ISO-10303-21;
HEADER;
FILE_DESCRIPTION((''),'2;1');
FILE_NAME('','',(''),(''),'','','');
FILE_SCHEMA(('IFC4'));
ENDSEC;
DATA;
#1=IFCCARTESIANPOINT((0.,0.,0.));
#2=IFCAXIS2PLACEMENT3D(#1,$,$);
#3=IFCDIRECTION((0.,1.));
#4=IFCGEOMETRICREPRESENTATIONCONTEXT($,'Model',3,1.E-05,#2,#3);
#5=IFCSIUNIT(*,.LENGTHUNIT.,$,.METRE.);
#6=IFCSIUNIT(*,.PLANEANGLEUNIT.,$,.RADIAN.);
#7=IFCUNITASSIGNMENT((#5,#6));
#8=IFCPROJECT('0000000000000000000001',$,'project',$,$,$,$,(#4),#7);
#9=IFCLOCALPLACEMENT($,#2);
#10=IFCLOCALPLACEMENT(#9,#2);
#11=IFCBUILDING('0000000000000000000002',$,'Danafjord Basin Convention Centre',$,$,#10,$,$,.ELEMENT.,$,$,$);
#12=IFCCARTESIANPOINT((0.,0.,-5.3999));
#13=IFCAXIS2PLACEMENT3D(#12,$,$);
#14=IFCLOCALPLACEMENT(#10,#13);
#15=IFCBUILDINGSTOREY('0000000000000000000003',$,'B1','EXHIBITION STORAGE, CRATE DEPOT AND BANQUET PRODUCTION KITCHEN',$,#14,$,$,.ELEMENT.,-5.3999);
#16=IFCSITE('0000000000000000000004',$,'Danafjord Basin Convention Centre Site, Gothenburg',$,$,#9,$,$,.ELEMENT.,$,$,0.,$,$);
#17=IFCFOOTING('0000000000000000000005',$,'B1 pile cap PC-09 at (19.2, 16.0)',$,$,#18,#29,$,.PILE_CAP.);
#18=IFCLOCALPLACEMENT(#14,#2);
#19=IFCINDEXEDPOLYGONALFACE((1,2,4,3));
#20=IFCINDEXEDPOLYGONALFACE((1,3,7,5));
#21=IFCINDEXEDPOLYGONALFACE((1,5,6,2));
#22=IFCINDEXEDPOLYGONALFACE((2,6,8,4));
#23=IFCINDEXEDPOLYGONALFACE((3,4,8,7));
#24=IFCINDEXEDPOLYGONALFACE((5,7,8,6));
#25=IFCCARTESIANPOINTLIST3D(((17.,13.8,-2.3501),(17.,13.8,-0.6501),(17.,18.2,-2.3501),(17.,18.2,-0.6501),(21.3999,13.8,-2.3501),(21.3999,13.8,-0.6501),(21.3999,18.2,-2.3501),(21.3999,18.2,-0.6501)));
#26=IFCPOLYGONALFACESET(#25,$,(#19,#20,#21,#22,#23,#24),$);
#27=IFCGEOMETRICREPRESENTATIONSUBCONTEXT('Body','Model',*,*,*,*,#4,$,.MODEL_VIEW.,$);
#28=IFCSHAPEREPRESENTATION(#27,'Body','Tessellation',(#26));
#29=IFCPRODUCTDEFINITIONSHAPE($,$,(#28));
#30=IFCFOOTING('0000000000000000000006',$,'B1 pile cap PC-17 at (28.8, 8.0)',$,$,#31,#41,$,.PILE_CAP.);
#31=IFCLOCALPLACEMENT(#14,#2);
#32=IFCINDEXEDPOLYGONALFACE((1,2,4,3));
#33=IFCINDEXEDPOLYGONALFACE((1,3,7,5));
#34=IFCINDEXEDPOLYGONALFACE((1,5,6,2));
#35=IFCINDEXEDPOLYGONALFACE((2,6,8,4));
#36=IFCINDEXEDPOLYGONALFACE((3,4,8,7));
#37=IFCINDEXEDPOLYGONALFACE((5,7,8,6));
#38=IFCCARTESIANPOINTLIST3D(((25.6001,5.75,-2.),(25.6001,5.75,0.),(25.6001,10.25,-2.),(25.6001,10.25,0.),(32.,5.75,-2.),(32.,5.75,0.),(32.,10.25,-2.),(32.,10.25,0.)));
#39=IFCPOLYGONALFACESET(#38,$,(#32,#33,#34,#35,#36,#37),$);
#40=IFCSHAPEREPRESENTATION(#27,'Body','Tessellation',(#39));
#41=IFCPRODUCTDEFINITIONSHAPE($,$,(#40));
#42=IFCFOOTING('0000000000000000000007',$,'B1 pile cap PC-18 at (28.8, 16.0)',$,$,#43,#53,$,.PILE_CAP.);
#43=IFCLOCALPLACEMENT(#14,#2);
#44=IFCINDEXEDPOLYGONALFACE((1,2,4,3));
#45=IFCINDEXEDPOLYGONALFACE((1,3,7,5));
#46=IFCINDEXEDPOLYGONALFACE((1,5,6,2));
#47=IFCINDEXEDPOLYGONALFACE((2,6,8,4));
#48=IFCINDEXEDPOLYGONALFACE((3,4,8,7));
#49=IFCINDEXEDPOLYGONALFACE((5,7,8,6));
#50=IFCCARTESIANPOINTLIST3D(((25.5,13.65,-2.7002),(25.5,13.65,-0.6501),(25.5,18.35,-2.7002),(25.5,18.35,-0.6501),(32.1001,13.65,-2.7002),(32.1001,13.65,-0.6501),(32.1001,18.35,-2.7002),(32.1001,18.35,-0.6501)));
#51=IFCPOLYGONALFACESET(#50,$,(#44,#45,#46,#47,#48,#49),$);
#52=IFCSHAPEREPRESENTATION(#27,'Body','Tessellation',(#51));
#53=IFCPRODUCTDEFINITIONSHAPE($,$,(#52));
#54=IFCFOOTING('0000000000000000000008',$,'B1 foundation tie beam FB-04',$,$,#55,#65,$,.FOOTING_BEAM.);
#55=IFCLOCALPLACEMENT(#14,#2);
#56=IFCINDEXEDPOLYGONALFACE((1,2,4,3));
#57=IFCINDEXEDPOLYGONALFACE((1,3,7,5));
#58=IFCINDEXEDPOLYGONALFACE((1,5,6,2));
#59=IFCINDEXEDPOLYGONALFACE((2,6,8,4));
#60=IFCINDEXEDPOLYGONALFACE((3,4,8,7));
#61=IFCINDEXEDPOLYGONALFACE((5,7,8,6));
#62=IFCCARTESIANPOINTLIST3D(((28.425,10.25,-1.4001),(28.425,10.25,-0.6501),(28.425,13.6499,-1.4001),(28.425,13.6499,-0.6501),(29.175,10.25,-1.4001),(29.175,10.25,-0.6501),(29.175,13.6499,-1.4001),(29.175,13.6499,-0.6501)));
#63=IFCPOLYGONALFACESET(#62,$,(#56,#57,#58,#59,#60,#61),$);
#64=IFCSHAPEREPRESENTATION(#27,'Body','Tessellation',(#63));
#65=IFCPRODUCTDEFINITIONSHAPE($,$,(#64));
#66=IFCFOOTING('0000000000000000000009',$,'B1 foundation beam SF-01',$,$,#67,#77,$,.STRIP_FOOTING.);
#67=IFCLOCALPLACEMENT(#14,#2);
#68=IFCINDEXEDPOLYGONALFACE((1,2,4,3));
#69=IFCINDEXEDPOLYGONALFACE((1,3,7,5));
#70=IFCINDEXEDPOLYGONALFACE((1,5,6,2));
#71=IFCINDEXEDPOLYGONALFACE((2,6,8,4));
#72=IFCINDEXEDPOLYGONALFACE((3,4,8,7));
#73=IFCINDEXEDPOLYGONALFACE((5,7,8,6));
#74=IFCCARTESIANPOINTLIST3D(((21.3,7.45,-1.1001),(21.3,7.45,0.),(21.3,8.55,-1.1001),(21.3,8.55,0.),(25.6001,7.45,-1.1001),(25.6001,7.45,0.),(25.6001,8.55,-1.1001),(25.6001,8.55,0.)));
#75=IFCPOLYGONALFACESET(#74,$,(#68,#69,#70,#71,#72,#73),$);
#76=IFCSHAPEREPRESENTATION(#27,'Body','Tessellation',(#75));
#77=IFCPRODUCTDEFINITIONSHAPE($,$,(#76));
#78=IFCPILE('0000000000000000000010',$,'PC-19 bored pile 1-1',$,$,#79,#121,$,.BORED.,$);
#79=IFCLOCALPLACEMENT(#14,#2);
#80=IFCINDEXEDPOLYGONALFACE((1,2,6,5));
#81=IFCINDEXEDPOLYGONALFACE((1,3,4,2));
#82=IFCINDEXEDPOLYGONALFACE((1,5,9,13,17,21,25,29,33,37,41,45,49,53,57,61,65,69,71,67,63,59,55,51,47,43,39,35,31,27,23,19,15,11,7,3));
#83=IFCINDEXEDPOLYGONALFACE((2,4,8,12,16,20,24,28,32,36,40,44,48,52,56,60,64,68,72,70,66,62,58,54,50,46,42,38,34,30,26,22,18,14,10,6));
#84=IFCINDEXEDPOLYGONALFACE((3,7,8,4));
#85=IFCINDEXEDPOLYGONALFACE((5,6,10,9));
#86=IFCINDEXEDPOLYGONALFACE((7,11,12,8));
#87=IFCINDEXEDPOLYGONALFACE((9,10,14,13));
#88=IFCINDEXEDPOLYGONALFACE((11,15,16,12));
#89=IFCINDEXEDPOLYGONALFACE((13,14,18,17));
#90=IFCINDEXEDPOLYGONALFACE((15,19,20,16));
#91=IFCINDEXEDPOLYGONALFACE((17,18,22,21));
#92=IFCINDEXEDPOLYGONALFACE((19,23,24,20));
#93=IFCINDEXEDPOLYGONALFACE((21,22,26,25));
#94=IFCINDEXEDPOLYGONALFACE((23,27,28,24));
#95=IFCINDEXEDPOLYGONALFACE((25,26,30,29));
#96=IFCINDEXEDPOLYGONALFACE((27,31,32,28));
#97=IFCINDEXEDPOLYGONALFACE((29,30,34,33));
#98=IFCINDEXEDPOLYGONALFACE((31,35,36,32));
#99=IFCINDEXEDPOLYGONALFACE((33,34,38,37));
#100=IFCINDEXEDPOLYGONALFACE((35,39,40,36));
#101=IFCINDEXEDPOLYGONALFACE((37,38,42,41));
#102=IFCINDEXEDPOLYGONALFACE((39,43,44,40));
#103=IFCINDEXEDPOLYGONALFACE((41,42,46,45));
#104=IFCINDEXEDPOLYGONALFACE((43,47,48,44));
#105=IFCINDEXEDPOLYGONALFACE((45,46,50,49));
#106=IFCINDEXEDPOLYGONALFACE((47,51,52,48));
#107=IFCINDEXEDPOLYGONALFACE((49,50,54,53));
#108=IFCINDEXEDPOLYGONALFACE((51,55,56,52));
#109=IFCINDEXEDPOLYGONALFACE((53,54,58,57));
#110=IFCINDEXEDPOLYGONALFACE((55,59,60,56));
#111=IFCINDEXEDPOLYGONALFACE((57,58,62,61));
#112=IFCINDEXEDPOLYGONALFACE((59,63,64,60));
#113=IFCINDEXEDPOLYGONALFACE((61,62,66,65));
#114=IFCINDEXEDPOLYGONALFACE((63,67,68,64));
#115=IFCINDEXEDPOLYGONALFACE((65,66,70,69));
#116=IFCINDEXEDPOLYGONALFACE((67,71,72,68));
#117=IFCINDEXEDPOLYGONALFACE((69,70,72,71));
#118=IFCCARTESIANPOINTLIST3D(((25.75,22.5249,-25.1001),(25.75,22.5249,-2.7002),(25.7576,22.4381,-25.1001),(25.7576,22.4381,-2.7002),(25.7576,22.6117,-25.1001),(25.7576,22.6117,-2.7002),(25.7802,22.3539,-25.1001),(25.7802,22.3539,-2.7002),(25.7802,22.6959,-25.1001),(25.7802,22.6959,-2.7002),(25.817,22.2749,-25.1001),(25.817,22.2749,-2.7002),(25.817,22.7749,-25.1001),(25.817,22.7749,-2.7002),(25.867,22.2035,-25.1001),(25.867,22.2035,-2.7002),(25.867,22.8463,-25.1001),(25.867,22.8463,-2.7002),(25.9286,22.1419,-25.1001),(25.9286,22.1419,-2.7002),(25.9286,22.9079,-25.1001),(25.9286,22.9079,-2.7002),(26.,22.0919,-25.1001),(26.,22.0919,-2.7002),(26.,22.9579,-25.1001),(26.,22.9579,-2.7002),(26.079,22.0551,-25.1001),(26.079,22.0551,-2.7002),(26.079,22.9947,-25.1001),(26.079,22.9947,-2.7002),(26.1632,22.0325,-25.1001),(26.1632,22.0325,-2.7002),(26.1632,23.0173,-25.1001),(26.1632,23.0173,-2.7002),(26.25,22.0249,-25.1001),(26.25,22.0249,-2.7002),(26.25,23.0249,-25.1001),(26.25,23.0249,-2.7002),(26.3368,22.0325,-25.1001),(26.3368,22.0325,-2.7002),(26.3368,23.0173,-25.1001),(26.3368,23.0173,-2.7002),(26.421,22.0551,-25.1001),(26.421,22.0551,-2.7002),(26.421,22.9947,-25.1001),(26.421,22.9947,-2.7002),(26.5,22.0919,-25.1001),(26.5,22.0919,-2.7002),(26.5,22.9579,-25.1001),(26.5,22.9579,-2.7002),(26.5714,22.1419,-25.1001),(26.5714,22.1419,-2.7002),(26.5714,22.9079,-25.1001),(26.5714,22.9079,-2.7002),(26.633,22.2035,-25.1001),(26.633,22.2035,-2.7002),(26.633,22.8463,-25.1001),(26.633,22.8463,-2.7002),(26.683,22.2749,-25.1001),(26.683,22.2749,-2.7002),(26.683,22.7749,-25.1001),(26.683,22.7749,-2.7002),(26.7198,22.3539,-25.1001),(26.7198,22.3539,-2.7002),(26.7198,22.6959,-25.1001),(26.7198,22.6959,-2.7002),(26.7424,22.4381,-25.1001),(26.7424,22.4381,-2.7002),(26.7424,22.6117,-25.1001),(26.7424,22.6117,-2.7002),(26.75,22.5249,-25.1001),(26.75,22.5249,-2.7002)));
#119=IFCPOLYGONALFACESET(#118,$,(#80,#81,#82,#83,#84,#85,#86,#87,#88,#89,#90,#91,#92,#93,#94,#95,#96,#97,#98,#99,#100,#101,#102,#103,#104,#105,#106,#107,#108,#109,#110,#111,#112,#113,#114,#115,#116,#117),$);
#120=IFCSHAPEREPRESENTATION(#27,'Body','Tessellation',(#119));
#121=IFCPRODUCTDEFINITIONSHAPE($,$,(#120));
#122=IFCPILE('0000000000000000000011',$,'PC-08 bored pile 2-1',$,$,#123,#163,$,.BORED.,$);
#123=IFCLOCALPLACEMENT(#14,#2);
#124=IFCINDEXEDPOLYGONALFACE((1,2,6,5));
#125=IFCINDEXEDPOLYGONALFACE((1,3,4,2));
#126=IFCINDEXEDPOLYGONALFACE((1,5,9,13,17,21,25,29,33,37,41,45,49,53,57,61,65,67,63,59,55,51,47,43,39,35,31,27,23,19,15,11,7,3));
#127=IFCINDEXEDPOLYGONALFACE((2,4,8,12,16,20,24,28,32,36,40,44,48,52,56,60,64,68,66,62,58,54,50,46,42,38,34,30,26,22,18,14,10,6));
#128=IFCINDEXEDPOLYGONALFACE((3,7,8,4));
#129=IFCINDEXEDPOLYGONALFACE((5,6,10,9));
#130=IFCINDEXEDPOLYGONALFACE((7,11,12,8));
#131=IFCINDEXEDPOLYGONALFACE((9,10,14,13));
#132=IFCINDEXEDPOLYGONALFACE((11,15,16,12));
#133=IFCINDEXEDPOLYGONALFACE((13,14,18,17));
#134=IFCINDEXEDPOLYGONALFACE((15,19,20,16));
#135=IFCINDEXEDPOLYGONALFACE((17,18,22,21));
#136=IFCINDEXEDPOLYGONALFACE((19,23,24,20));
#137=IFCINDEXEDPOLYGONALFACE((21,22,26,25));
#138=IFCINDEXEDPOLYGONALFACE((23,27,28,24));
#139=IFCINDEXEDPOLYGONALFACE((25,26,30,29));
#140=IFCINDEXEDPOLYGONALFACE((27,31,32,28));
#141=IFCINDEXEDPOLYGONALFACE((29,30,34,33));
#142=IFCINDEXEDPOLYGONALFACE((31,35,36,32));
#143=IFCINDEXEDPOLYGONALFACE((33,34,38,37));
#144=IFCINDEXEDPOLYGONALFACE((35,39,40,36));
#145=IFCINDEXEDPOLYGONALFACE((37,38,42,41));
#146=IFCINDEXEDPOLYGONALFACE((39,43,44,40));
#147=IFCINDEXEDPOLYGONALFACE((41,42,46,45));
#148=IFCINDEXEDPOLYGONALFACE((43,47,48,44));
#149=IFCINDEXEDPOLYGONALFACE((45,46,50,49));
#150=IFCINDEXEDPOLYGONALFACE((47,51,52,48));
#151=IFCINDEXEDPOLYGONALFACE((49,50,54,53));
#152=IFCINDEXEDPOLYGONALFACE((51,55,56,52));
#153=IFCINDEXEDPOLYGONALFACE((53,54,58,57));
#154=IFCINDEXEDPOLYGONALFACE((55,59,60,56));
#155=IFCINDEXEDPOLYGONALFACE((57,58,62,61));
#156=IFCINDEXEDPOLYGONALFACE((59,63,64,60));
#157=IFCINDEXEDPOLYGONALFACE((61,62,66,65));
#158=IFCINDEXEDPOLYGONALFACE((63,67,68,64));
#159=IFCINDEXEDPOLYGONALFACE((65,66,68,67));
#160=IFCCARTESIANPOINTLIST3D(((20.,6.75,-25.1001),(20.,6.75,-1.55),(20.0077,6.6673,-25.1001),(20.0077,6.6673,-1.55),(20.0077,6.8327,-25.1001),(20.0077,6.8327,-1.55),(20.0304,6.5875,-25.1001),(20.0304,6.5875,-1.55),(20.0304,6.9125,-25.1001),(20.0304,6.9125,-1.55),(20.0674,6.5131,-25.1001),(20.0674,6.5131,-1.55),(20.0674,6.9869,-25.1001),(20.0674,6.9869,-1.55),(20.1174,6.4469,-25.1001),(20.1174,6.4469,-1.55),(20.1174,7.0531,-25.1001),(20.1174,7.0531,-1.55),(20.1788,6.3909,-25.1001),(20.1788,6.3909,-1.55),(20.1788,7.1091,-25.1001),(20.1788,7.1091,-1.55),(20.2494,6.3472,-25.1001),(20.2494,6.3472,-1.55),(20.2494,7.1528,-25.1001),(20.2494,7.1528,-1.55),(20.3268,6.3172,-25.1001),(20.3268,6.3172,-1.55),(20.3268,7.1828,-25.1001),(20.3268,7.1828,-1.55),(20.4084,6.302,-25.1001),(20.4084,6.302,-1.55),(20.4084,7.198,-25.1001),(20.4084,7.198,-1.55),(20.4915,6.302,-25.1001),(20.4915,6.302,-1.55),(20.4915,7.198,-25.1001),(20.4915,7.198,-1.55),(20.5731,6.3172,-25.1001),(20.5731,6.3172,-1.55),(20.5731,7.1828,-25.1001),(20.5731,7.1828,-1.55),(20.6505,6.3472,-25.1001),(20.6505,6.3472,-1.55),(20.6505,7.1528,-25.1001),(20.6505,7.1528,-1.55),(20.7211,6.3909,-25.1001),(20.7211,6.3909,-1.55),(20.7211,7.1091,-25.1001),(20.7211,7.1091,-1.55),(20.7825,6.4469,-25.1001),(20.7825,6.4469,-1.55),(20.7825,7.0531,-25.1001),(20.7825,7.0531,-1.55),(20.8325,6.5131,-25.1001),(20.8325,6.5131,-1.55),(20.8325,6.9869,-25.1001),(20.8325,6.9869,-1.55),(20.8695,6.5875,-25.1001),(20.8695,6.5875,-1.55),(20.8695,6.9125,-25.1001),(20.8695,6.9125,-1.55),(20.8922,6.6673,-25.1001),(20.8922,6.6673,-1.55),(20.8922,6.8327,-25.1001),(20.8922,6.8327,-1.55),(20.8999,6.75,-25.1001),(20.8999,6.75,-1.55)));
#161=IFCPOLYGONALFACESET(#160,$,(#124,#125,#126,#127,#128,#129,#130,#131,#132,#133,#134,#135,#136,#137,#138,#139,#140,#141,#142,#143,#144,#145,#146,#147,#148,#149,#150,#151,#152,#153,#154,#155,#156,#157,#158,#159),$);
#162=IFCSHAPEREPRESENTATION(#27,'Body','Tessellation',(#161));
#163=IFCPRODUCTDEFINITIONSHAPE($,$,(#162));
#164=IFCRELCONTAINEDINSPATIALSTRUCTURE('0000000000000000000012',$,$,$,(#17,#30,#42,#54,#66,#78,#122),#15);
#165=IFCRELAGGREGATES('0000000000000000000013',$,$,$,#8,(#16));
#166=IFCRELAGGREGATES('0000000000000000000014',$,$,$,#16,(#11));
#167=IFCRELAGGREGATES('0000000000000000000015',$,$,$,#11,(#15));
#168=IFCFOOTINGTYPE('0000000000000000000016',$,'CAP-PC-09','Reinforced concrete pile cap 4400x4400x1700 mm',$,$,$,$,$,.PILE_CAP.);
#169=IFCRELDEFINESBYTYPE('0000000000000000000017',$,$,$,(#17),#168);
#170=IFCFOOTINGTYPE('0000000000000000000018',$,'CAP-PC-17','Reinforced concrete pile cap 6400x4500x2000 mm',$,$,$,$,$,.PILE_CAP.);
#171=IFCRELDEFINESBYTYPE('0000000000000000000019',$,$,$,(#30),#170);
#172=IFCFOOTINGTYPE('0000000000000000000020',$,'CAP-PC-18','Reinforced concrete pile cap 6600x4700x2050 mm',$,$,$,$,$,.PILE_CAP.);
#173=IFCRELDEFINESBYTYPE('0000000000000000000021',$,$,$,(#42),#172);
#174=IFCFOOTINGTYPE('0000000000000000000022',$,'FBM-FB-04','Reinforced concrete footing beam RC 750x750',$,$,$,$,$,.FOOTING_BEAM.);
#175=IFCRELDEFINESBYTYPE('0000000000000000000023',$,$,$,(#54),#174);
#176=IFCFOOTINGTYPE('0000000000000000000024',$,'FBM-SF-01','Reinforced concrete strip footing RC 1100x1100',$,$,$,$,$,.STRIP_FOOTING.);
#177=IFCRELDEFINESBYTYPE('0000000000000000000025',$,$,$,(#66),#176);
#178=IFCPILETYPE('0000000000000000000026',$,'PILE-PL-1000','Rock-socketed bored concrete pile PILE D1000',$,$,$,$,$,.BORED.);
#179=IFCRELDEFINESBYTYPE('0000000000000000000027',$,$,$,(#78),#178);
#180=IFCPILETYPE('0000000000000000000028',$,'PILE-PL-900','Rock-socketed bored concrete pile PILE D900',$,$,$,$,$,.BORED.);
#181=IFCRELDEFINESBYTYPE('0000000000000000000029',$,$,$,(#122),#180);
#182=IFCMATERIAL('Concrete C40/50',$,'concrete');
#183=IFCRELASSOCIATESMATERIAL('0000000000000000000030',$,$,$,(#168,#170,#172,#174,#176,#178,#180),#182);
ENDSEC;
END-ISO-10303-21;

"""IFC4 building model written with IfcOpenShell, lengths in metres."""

from ifc_helpers import new_model, si_unit, direction, frame, origin, origin_2d, place, context, subcontext, project, spatial, rectangle, circle, extrude, material, material_profile, profile_set, type_object, element, save


model = new_model("IFC4")

# Units and contexts
model_context = context("Model", 3, precision=1e-05, world=origin(), true_north=direction((0.0, 1.0)))
body_context = subcontext(model_context, "Body", "Model", "MODEL_VIEW")
ifc_project = project(units=[si_unit("LENGTHUNIT", "METRE"), si_unit("PLANEANGLEUNIT", "RADIAN")], contexts=[model_context])

# Site, building, storey
site_placement = place(None, origin())
site = spatial("IfcSite", under=ifc_project, at=site_placement, Name="Danafjord Basin Convention Centre Site, Gothenburg", CompositionType="ELEMENT", RefElevation=0.0)
building_placement = place(site_placement, origin())
building = spatial("IfcBuilding", under=site, at=building_placement, Name="Danafjord Basin Convention Centre", CompositionType="ELEMENT")
storey_placement = place(building_placement, frame((0.0, 0.0, -5.3999)))
storey = spatial("IfcBuildingStorey", under=building, at=storey_placement, Name="B1", Description="EXHIBITION STORAGE, CRATE DEPOT AND BANQUET PRODUCTION KITCHEN", CompositionType="ELEMENT", Elevation=-5.3999)

# Footings
ifc_material_1 = material(Name="Concrete C40/50", Category="concrete")
footing_type_1 = type_object("IfcFootingType", Name="CAP-PC-09", Description="Reinforced concrete pile cap 4400x4400x1700 mm", PredefinedType="PILE_CAP", material=ifc_material_1)
footing_1_placement = place(storey_placement, frame((19.2, 16.0, -2.3501), z_axis=(0.0, 0.0, 1.0), x_axis=(1.0, 0.0, 0.0)))
element("IfcFooting", 1, at=footing_1_placement, inside=storey, type_object=footing_type_1, Name="B1 pile cap PC-09 at (19.2, 16.0)", PredefinedType="PILE_CAP", context=body_context, shape_type="SweptSolid", body=[
    extrude(rectangle(XDim=4.3999, YDim=4.3999, at=origin_2d()), origin(), (0.0, 0.0, 1.0), 1.7),
])
footing_type_2 = type_object("IfcFootingType", Name="CAP-PC-17", Description="Reinforced concrete pile cap 6400x4500x2000 mm", PredefinedType="PILE_CAP", material=ifc_material_1)
footing_2_placement = place(storey_placement, frame((28.8, 8.0, -2.0), z_axis=(0.0, 0.0, 1.0), x_axis=(1.0, 0.0, 0.0)))
element("IfcFooting", 2, at=footing_2_placement, inside=storey, type_object=footing_type_2, Name="B1 pile cap PC-17 at (28.8, 8.0)", PredefinedType="PILE_CAP", context=body_context, shape_type="SweptSolid", body=[
    extrude(rectangle(XDim=6.3999, YDim=4.5, at=origin_2d()), origin(), (0.0, 0.0, 1.0), 2.0),
])
footing_type_3 = type_object("IfcFootingType", Name="CAP-PC-18", Description="Reinforced concrete pile cap 6600x4700x2050 mm", PredefinedType="PILE_CAP", material=ifc_material_1)
footing_3_placement = place(storey_placement, frame((28.8, 16.0, -2.7002), z_axis=(0.0, 0.0, 1.0), x_axis=(1.0, 0.0, 0.0)))
element("IfcFooting", 3, at=footing_3_placement, inside=storey, type_object=footing_type_3, Name="B1 pile cap PC-18 at (28.8, 16.0)", PredefinedType="PILE_CAP", context=body_context, shape_type="SweptSolid", body=[
    extrude(rectangle(XDim=6.6001, YDim=4.7, at=origin_2d()), origin(), (0.0, 0.0, 1.0), 2.05),
])
ifc_material_profile_1 = material_profile(ifc_material_1, rectangle(XDim=0.75, YDim=0.75, at=origin_2d()), Name="RC 750x750")
ifc_profile_set_1 = profile_set([ifc_material_profile_1], Name="Concrete C40/50")
footing_type_4 = type_object("IfcFootingType", Name="FBM-FB-04", Description="Reinforced concrete footing beam RC 750x750", PredefinedType="FOOTING_BEAM", material=ifc_profile_set_1)
footing_4_placement = place(storey_placement, frame((28.8, 10.25, -1.0251), z_axis=(0.0, 1.0, 0.0), x_axis=(-1.0, 0.0, 0.0)))
element("IfcFooting", 4, at=footing_4_placement, inside=storey, type_object=footing_type_4, Name="B1 foundation tie beam FB-04", PredefinedType="FOOTING_BEAM", context=body_context, shape_type="SweptSolid", body=[
    extrude(rectangle(XDim=0.75, YDim=0.75, at=origin_2d()), origin(), (0.0, 0.0, 1.0), 3.3999),
])
ifc_material_profile_2 = material_profile(ifc_material_1, rectangle(XDim=1.1001, YDim=1.1001, at=origin_2d()), Name="RC 1100x1100")
ifc_profile_set_2 = profile_set([ifc_material_profile_2], Name="Concrete C40/50")
footing_type_5 = type_object("IfcFootingType", Name="FBM-SF-01", Description="Reinforced concrete strip footing RC 1100x1100", PredefinedType="STRIP_FOOTING", material=ifc_profile_set_2)
footing_5_placement = place(storey_placement, frame((21.3, 8.0, -0.55), z_axis=(1.0, 0.0, 0.0), x_axis=(0.0, 1.0, 0.0)))
element("IfcFooting", 5, at=footing_5_placement, inside=storey, type_object=footing_type_5, Name="B1 foundation beam SF-01", PredefinedType="STRIP_FOOTING", context=body_context, shape_type="SweptSolid", body=[
    extrude(rectangle(XDim=1.1001, YDim=1.1001, at=origin_2d()), origin(), (0.0, 0.0, 1.0), 4.3),
])

# Piles
ifc_material_profile_3 = material_profile(ifc_material_1, circle(Radius=0.5, at=origin_2d()), Name="PILE D1000")
ifc_profile_set_3 = profile_set([ifc_material_profile_3], Name="Concrete C40/50")
pile_type_1 = type_object("IfcPileType", Name="PILE-PL-1000", Description="Rock-socketed bored concrete pile PILE D1000", PredefinedType="BORED", material=ifc_profile_set_3)
pile_placement = place(storey_placement, frame((26.25, 22.5249, -2.7002), z_axis=(0.0, 0.0, -1.0), x_axis=(1.0, 0.0, 0.0)))
element("IfcPile", 6, at=pile_placement, inside=storey, type_object=pile_type_1, Name="PC-19 bored pile 1-1", PredefinedType="BORED", context=body_context, shape_type="SweptSolid", body=[
    extrude(circle(Radius=0.5, at=origin_2d()), origin(), (0.0, 0.0, 1.0), 22.3999),
])
ifc_material_profile_4 = material_profile(ifc_material_1, circle(Radius=0.45, at=origin_2d()), Name="PILE D900")
ifc_profile_set_4 = profile_set([ifc_material_profile_4], Name="Concrete C40/50")
pile_type_2 = type_object("IfcPileType", Name="PILE-PL-900", Description="Rock-socketed bored concrete pile PILE D900", PredefinedType="BORED", material=ifc_profile_set_4)
for number, where, z_axis, x_axis, name in (
    (7, (20.45, 6.75, -1.55), (0.0, 0.0, -1.0), (1.0, 0.0, 0.0), "PC-08 bored pile 2-1"),
):
    element("IfcPile", number, at=place(storey_placement, frame(where, z_axis=z_axis, x_axis=x_axis)), inside=storey, type_object=pile_type_2, Name=name, PredefinedType="BORED", context=body_context, shape_type="SweptSolid", body=[
        extrude(circle(Radius=0.45, at=origin_2d()), origin(), (0.0, 0.0, 1.0), 23.55),
    ])

save(model, "model.ifc")
